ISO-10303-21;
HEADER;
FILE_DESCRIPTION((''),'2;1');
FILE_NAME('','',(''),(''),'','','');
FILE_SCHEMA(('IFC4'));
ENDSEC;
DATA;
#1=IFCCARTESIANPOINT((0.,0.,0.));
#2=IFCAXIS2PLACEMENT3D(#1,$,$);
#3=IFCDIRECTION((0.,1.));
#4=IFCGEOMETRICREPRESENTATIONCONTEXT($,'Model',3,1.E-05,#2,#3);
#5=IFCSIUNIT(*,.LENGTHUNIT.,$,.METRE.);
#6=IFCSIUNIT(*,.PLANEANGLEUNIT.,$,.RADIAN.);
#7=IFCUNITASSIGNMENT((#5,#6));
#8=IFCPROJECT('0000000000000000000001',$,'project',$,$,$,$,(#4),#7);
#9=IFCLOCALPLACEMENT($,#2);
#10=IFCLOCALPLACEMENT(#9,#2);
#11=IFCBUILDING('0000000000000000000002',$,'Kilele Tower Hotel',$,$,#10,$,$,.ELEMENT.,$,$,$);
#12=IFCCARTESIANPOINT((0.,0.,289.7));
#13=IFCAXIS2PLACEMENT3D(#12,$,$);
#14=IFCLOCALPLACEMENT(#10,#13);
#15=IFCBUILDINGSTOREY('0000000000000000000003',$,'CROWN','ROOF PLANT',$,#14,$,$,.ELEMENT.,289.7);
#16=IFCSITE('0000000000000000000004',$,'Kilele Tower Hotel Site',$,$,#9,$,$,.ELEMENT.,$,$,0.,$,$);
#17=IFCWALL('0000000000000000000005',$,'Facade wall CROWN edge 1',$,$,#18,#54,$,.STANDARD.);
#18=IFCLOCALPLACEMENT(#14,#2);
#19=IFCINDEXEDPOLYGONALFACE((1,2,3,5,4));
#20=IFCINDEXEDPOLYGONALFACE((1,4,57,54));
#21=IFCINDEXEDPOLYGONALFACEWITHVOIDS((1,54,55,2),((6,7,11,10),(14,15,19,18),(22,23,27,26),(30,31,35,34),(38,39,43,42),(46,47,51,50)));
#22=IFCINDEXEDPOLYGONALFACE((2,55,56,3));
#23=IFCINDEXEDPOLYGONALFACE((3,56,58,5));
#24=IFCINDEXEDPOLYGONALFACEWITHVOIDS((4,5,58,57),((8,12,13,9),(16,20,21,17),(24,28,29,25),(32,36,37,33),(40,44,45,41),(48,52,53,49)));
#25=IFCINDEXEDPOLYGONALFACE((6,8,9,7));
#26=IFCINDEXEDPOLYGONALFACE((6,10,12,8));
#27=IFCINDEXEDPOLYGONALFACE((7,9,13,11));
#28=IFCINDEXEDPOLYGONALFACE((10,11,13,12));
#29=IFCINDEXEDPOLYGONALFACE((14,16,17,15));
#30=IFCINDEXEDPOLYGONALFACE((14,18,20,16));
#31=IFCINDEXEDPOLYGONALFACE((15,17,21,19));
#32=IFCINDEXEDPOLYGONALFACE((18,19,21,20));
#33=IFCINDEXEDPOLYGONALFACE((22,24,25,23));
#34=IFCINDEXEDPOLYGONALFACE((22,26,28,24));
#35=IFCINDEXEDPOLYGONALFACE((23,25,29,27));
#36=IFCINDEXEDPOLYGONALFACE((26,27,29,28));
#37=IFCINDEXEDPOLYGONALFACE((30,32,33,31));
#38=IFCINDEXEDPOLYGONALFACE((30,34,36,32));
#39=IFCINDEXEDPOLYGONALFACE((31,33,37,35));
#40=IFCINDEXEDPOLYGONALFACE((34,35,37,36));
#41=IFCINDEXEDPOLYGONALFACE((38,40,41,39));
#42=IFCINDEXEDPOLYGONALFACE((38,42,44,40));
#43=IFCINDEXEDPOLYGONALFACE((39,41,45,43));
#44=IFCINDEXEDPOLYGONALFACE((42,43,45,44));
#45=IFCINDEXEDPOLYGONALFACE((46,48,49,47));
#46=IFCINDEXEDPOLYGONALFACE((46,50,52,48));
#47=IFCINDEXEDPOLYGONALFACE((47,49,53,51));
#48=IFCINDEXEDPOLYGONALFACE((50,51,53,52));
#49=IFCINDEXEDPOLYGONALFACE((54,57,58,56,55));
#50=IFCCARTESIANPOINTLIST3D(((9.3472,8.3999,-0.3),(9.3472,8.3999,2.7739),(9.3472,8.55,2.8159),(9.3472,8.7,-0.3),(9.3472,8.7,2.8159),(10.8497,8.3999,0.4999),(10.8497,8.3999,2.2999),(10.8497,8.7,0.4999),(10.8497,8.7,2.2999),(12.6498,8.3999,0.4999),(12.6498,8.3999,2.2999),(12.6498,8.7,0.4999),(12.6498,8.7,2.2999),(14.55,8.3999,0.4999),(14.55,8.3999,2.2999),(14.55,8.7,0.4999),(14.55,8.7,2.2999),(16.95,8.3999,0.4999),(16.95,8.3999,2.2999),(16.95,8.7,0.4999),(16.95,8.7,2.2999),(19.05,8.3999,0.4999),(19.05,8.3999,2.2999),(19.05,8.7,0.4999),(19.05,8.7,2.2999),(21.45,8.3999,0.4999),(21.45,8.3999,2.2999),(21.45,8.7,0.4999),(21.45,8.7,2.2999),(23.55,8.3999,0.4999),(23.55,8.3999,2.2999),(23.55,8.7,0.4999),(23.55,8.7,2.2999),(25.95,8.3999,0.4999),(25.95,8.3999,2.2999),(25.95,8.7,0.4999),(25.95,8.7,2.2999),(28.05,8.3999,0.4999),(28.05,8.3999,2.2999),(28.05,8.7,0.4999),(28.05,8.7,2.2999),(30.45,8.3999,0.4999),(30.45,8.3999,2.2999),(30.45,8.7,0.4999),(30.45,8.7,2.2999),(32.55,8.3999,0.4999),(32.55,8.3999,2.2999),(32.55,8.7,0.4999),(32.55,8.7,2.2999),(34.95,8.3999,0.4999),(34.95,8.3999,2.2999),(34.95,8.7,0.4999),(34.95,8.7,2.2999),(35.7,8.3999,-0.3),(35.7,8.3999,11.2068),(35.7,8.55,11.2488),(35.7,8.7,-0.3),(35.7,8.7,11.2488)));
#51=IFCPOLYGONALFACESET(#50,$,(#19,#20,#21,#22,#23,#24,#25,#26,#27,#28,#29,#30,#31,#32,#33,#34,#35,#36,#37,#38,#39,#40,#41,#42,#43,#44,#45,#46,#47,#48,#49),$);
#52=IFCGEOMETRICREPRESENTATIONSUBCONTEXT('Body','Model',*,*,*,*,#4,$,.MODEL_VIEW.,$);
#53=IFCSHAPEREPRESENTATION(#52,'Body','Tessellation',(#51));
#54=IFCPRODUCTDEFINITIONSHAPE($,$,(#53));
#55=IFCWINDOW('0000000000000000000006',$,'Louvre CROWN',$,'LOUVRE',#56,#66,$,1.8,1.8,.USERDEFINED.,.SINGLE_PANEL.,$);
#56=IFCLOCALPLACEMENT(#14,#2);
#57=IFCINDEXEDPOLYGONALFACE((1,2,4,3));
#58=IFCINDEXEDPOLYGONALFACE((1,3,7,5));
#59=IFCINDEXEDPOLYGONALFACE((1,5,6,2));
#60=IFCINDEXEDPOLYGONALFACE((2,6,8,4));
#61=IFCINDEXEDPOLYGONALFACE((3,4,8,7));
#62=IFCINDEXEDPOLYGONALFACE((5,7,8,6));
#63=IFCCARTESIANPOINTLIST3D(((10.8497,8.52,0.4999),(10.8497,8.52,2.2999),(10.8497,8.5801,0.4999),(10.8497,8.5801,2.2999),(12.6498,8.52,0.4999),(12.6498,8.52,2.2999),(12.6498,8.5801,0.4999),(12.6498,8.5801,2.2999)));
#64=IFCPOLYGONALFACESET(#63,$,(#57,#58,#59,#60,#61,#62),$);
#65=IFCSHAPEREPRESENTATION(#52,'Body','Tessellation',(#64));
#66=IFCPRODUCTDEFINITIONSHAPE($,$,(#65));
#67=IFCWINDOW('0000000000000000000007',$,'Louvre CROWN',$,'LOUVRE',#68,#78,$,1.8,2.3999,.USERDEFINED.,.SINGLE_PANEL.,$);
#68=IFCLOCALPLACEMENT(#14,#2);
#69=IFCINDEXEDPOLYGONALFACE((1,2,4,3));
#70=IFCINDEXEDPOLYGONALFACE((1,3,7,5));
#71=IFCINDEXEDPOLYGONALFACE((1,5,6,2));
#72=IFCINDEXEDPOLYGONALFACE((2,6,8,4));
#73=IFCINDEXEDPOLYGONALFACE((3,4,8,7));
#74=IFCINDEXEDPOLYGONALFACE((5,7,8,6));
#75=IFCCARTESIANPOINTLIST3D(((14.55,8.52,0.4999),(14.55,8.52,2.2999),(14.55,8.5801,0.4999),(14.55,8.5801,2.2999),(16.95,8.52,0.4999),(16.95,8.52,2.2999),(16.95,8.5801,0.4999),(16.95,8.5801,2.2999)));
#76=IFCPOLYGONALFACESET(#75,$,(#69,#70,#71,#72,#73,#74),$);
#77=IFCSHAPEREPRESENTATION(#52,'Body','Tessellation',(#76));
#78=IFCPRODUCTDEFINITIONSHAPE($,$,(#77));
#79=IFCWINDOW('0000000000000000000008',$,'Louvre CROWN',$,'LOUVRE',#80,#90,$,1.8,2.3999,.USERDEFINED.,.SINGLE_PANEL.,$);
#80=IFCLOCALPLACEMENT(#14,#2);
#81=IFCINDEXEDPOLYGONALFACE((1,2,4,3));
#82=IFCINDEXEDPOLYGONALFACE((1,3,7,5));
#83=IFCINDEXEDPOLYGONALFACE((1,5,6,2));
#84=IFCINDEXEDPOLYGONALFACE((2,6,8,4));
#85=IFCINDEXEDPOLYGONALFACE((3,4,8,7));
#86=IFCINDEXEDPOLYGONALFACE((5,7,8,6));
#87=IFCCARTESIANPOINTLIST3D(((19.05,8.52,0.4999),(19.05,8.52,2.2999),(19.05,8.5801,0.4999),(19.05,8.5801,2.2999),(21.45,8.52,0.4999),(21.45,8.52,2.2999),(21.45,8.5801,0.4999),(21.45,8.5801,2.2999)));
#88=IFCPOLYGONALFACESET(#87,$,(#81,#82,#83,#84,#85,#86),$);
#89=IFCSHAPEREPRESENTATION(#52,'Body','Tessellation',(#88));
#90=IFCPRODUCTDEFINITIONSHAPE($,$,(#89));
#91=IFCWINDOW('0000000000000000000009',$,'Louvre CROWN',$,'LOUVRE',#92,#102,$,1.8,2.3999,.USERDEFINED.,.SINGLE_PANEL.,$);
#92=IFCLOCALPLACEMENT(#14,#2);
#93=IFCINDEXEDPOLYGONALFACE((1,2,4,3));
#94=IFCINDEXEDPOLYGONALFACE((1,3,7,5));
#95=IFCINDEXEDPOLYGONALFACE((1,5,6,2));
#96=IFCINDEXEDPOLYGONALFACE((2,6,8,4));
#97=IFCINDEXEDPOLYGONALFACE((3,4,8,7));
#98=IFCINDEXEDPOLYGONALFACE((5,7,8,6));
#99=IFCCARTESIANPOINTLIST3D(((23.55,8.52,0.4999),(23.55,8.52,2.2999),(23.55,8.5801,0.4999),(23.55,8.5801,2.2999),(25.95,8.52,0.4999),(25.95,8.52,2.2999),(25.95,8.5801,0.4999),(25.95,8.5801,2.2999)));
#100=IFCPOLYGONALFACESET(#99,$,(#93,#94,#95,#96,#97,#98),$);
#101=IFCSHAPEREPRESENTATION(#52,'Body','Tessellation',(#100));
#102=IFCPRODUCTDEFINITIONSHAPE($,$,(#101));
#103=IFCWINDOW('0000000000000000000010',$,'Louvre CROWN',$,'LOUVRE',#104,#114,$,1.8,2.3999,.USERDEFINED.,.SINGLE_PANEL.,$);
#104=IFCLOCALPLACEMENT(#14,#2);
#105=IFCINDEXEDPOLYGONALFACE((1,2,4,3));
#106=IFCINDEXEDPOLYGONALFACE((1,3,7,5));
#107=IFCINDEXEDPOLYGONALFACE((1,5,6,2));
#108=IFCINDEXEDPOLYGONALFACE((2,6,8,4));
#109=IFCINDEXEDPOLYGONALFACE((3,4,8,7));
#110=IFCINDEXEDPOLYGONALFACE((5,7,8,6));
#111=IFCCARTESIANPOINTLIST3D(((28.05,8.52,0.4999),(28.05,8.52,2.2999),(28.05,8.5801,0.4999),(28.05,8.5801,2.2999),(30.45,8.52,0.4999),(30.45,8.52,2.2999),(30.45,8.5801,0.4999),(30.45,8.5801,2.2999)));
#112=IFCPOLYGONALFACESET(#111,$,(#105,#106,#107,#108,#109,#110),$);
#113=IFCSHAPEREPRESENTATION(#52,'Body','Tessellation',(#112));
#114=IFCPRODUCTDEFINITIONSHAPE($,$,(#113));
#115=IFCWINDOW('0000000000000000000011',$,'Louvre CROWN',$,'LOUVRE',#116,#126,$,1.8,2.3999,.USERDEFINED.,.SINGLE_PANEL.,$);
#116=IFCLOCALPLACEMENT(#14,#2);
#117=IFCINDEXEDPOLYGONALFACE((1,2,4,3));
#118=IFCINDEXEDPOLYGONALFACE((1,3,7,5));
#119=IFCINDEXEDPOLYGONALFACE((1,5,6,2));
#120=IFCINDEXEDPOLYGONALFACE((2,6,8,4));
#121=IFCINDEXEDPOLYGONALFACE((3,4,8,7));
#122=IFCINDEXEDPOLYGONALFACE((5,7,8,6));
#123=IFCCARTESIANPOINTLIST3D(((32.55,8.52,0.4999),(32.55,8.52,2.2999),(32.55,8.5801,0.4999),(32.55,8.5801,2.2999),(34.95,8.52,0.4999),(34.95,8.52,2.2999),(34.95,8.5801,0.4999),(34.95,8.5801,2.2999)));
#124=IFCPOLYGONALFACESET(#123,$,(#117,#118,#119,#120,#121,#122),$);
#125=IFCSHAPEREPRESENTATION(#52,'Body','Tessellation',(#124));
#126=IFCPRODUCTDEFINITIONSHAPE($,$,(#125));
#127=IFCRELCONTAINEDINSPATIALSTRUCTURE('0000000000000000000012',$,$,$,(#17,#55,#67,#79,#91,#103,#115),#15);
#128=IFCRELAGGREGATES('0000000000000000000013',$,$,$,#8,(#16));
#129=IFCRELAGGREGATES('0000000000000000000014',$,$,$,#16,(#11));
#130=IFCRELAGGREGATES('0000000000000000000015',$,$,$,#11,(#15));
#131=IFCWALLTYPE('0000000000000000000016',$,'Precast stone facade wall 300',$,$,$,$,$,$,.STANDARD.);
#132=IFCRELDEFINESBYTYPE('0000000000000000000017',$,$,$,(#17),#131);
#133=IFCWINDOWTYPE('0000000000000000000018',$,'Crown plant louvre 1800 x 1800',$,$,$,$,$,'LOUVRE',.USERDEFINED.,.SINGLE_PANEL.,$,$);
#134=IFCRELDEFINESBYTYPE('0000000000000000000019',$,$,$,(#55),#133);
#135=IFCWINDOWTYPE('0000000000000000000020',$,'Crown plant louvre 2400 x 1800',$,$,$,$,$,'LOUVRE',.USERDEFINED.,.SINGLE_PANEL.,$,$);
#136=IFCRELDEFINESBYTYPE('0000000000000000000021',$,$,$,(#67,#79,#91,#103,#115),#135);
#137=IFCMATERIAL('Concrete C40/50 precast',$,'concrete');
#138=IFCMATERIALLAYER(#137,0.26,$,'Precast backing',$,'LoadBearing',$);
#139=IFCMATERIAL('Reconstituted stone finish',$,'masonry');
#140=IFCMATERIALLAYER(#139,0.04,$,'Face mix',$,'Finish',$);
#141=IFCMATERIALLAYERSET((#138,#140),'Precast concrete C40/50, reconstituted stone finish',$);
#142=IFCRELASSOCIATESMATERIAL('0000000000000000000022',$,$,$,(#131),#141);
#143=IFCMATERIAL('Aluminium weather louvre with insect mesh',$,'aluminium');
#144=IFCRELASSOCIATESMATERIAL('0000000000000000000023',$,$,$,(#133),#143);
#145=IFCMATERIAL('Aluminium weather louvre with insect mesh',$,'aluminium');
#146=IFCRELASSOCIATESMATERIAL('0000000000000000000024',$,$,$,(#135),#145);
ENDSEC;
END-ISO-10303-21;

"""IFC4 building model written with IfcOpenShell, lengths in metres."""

from ifc_helpers import new_model, si_unit, direction, frame, frame_2d, origin, place, context, subcontext, project, spatial, polyline, rectangle, outline, extrude, clip, halfspace, material, layer, layer_set, type_object, element, fill, save


model = new_model("IFC4")

# Units and contexts
model_context = context("Model", 3, precision=1e-05, world=origin(), true_north=direction((0.0, 1.0)))
body_context = subcontext(model_context, "Body", "Model", "MODEL_VIEW")
ifc_project = project(units=[si_unit("LENGTHUNIT", "METRE"), si_unit("PLANEANGLEUNIT", "RADIAN")], contexts=[model_context])

# Site, building, storey
site_placement = place(None, origin())
site = spatial("IfcSite", under=ifc_project, at=site_placement, Name="Kilele Tower Hotel Site", CompositionType="ELEMENT", RefElevation=0.0)
building_placement = place(site_placement, origin())
building = spatial("IfcBuilding", under=site, at=building_placement, Name="Kilele Tower Hotel", CompositionType="ELEMENT")
storey_placement = place(building_placement, frame((0.0, 0.0, 289.7)))
storey = spatial("IfcBuildingStorey", under=building, at=storey_placement, Name="CROWN", Description="ROOF PLANT", CompositionType="ELEMENT", Elevation=289.7)

# Wall, openings, windows
ifc_material_1 = material(Name="Concrete C40/50 precast", Category="concrete")
ifc_layer_1 = layer(ifc_material_1, 0.26, Name="Precast backing", Category="LoadBearing")
ifc_material_2 = material(Name="Reconstituted stone finish", Category="masonry")
ifc_layer_2 = layer(ifc_material_2, 0.04, Name="Face mix", Category="Finish")
ifc_layer_set_1 = layer_set([ifc_layer_1, ifc_layer_2], Name="Precast concrete C40/50, reconstituted stone finish")
wall_type_1 = type_object("IfcWallType", Name="Precast stone facade wall 300", PredefinedType="STANDARD", material=ifc_layer_set_1)
wall_1_placement = place(storey_placement, frame((9.3472, 8.55, -0.3), z_axis=(0.0, 0.0, 1.0), x_axis=(1.0, 0.0, 0.0)))
wall_1 = element("IfcWall", 1, at=wall_1_placement, inside=storey, type_object=wall_type_1, Name="Facade wall CROWN edge 1", PredefinedType="STANDARD", context=body_context, shape_type="Clipping", body=[
    clip(extrude(outline(polyline([(0.0, 0.0), (26.3528, 0.0), (26.3528, 11.5488), (0.0, 3.116), (0.0, 0.0)])), frame((0.0, 0.1499, 0.0), z_axis=(0.0, -1.0, 0.0), x_axis=(1.0, 0.0, 0.0)), (0.0, 0.0, 1.0), 0.3), halfspace(frame((0.0, 0.0, 3.116), z_axis=(-0.294484, -0.257674, 0.920263), x_axis=(0.952424, 0.0, 0.304776)), False)),
])
opening_1_placement = place(wall_1_placement, frame((1.5027, 0.0, 0.8)))
opening_1 = element("IfcOpeningElement", 2, at=opening_1_placement, cuts=wall_1, PredefinedType="OPENING", context=body_context, shape_type="SweptSolid", body=[
    extrude(rectangle(XDim=1.8, YDim=1.8, at=frame_2d((0.8999, 0.8999))), frame((0.0, 0.1599, 0.0), z_axis=(0.0, -1.0, 0.0), x_axis=(1.0, 0.0, 0.0)), (0.0, 0.0, 1.0), 0.3201),
])
opening_2_placement = place(wall_1_placement, frame((5.2029, 0.0, 0.8)))
opening_2 = element("IfcOpeningElement", 3, at=opening_2_placement, cuts=wall_1, PredefinedType="OPENING", context=body_context, shape_type="SweptSolid", body=[
    extrude(rectangle(XDim=2.3999, YDim=1.8, at=frame_2d((1.2, 0.8999))), frame((0.0, 0.1599, 0.0), z_axis=(0.0, -1.0, 0.0), x_axis=(1.0, 0.0, 0.0)), (0.0, 0.0, 1.0), 0.3201),
])
opening_3_placement = place(wall_1_placement, frame((9.7029, 0.0, 0.8)))
opening_3 = element("IfcOpeningElement", 4, at=opening_3_placement, cuts=wall_1, PredefinedType="OPENING", context=body_context, shape_type="SweptSolid", body=[
    extrude(rectangle(XDim=2.3999, YDim=1.8, at=frame_2d((1.2, 0.8999))), frame((0.0, 0.1599, 0.0), z_axis=(0.0, -1.0, 0.0), x_axis=(1.0, 0.0, 0.0)), (0.0, 0.0, 1.0), 0.3201),
])
opening_4_placement = place(wall_1_placement, frame((14.2029, 0.0, 0.8)))
opening_4 = element("IfcOpeningElement", 5, at=opening_4_placement, cuts=wall_1, PredefinedType="OPENING", context=body_context, shape_type="SweptSolid", body=[
    extrude(rectangle(XDim=2.3999, YDim=1.8, at=frame_2d((1.2, 0.8999))), frame((0.0, 0.1599, 0.0), z_axis=(0.0, -1.0, 0.0), x_axis=(1.0, 0.0, 0.0)), (0.0, 0.0, 1.0), 0.3201),
])
opening_5_placement = place(wall_1_placement, frame((18.7029, 0.0, 0.8)))
opening_5 = element("IfcOpeningElement", 6, at=opening_5_placement, cuts=wall_1, PredefinedType="OPENING", context=body_context, shape_type="SweptSolid", body=[
    extrude(rectangle(XDim=2.3999, YDim=1.8, at=frame_2d((1.2, 0.8999))), frame((0.0, 0.1599, 0.0), z_axis=(0.0, -1.0, 0.0), x_axis=(1.0, 0.0, 0.0)), (0.0, 0.0, 1.0), 0.3201),
])
opening_6_placement = place(wall_1_placement, frame((23.2029, 0.0, 0.8)))
opening_6 = element("IfcOpeningElement", 7, at=opening_6_placement, cuts=wall_1, PredefinedType="OPENING", context=body_context, shape_type="SweptSolid", body=[
    extrude(rectangle(XDim=2.3999, YDim=1.8, at=frame_2d((1.2, 0.8999))), frame((0.0, 0.1599, 0.0), z_axis=(0.0, -1.0, 0.0), x_axis=(1.0, 0.0, 0.0)), (0.0, 0.0, 1.0), 0.3201),
])
ifc_material_3 = material(Name="Aluminium weather louvre with insect mesh", Category="aluminium")
window_type_1 = type_object("IfcWindowType", Name="Crown plant louvre 1800 x 1800", ElementType="LOUVRE", PartitioningType="SINGLE_PANEL", PredefinedType="USERDEFINED", material=ifc_material_3)
window_1_placement = place(opening_1_placement, origin())
window_1 = element("IfcWindow", 8, at=window_1_placement, inside=storey, type_object=window_type_1, Name="Louvre CROWN", ObjectType="LOUVRE", OverallHeight=1.8, OverallWidth=1.8, PartitioningType="SINGLE_PANEL", PredefinedType="USERDEFINED", context=body_context, shape_type="SweptSolid", body=[
    extrude(rectangle(XDim=1.8, YDim=1.8, at=frame_2d((0.8999, 0.8999))), frame((0.0, 0.03, 0.0), z_axis=(0.0, -1.0, 0.0), x_axis=(1.0, 0.0, 0.0)), (0.0, 0.0, 1.0), 0.0601),
])
fill(opening_1, window_1)
ifc_material_4 = material(Name="Aluminium weather louvre with insect mesh", Category="aluminium")
window_type_2 = type_object("IfcWindowType", Name="Crown plant louvre 2400 x 1800", ElementType="LOUVRE", PartitioningType="SINGLE_PANEL", PredefinedType="USERDEFINED", material=ifc_material_4)
window_2_placement = place(opening_2_placement, origin())
window_2 = element("IfcWindow", 9, at=window_2_placement, inside=storey, type_object=window_type_2, Name="Louvre CROWN", ObjectType="LOUVRE", OverallHeight=1.8, OverallWidth=2.3999, PartitioningType="SINGLE_PANEL", PredefinedType="USERDEFINED", context=body_context, shape_type="SweptSolid", body=[
    extrude(rectangle(XDim=2.3999, YDim=1.8, at=frame_2d((1.2, 0.8999))), frame((0.0, 0.03, 0.0), z_axis=(0.0, -1.0, 0.0), x_axis=(1.0, 0.0, 0.0)), (0.0, 0.0, 1.0), 0.0601),
])
fill(opening_2, window_2)
window_3_placement = place(opening_3_placement, origin())
window_3 = element("IfcWindow", 10, at=window_3_placement, inside=storey, type_object=window_type_2, Name="Louvre CROWN", ObjectType="LOUVRE", OverallHeight=1.8, OverallWidth=2.3999, PartitioningType="SINGLE_PANEL", PredefinedType="USERDEFINED", context=body_context, shape_type="SweptSolid", body=[
    extrude(rectangle(XDim=2.3999, YDim=1.8, at=frame_2d((1.2, 0.8999))), frame((0.0, 0.03, 0.0), z_axis=(0.0, -1.0, 0.0), x_axis=(1.0, 0.0, 0.0)), (0.0, 0.0, 1.0), 0.0601),
])
fill(opening_3, window_3)
window_4_placement = place(opening_4_placement, origin())
window_4 = element("IfcWindow", 11, at=window_4_placement, inside=storey, type_object=window_type_2, Name="Louvre CROWN", ObjectType="LOUVRE", OverallHeight=1.8, OverallWidth=2.3999, PartitioningType="SINGLE_PANEL", PredefinedType="USERDEFINED", context=body_context, shape_type="SweptSolid", body=[
    extrude(rectangle(XDim=2.3999, YDim=1.8, at=frame_2d((1.2, 0.8999))), frame((0.0, 0.03, 0.0), z_axis=(0.0, -1.0, 0.0), x_axis=(1.0, 0.0, 0.0)), (0.0, 0.0, 1.0), 0.0601),
])
fill(opening_4, window_4)
window_5_placement = place(opening_5_placement, origin())
window_5 = element("IfcWindow", 12, at=window_5_placement, inside=storey, type_object=window_type_2, Name="Louvre CROWN", ObjectType="LOUVRE", OverallHeight=1.8, OverallWidth=2.3999, PartitioningType="SINGLE_PANEL", PredefinedType="USERDEFINED", context=body_context, shape_type="SweptSolid", body=[
    extrude(rectangle(XDim=2.3999, YDim=1.8, at=frame_2d((1.2, 0.8999))), frame((0.0, 0.03, 0.0), z_axis=(0.0, -1.0, 0.0), x_axis=(1.0, 0.0, 0.0)), (0.0, 0.0, 1.0), 0.0601),
])
fill(opening_5, window_5)
window_6_placement = place(opening_6_placement, origin())
window_6 = element("IfcWindow", 13, at=window_6_placement, inside=storey, type_object=window_type_2, Name="Louvre CROWN", ObjectType="LOUVRE", OverallHeight=1.8, OverallWidth=2.3999, PartitioningType="SINGLE_PANEL", PredefinedType="USERDEFINED", context=body_context, shape_type="SweptSolid", body=[
    extrude(rectangle(XDim=2.3999, YDim=1.8, at=frame_2d((1.2, 0.8999))), frame((0.0, 0.03, 0.0), z_axis=(0.0, -1.0, 0.0), x_axis=(1.0, 0.0, 0.0)), (0.0, 0.0, 1.0), 0.0601),
])
fill(opening_6, window_6)

save(model, "model.ifc")
